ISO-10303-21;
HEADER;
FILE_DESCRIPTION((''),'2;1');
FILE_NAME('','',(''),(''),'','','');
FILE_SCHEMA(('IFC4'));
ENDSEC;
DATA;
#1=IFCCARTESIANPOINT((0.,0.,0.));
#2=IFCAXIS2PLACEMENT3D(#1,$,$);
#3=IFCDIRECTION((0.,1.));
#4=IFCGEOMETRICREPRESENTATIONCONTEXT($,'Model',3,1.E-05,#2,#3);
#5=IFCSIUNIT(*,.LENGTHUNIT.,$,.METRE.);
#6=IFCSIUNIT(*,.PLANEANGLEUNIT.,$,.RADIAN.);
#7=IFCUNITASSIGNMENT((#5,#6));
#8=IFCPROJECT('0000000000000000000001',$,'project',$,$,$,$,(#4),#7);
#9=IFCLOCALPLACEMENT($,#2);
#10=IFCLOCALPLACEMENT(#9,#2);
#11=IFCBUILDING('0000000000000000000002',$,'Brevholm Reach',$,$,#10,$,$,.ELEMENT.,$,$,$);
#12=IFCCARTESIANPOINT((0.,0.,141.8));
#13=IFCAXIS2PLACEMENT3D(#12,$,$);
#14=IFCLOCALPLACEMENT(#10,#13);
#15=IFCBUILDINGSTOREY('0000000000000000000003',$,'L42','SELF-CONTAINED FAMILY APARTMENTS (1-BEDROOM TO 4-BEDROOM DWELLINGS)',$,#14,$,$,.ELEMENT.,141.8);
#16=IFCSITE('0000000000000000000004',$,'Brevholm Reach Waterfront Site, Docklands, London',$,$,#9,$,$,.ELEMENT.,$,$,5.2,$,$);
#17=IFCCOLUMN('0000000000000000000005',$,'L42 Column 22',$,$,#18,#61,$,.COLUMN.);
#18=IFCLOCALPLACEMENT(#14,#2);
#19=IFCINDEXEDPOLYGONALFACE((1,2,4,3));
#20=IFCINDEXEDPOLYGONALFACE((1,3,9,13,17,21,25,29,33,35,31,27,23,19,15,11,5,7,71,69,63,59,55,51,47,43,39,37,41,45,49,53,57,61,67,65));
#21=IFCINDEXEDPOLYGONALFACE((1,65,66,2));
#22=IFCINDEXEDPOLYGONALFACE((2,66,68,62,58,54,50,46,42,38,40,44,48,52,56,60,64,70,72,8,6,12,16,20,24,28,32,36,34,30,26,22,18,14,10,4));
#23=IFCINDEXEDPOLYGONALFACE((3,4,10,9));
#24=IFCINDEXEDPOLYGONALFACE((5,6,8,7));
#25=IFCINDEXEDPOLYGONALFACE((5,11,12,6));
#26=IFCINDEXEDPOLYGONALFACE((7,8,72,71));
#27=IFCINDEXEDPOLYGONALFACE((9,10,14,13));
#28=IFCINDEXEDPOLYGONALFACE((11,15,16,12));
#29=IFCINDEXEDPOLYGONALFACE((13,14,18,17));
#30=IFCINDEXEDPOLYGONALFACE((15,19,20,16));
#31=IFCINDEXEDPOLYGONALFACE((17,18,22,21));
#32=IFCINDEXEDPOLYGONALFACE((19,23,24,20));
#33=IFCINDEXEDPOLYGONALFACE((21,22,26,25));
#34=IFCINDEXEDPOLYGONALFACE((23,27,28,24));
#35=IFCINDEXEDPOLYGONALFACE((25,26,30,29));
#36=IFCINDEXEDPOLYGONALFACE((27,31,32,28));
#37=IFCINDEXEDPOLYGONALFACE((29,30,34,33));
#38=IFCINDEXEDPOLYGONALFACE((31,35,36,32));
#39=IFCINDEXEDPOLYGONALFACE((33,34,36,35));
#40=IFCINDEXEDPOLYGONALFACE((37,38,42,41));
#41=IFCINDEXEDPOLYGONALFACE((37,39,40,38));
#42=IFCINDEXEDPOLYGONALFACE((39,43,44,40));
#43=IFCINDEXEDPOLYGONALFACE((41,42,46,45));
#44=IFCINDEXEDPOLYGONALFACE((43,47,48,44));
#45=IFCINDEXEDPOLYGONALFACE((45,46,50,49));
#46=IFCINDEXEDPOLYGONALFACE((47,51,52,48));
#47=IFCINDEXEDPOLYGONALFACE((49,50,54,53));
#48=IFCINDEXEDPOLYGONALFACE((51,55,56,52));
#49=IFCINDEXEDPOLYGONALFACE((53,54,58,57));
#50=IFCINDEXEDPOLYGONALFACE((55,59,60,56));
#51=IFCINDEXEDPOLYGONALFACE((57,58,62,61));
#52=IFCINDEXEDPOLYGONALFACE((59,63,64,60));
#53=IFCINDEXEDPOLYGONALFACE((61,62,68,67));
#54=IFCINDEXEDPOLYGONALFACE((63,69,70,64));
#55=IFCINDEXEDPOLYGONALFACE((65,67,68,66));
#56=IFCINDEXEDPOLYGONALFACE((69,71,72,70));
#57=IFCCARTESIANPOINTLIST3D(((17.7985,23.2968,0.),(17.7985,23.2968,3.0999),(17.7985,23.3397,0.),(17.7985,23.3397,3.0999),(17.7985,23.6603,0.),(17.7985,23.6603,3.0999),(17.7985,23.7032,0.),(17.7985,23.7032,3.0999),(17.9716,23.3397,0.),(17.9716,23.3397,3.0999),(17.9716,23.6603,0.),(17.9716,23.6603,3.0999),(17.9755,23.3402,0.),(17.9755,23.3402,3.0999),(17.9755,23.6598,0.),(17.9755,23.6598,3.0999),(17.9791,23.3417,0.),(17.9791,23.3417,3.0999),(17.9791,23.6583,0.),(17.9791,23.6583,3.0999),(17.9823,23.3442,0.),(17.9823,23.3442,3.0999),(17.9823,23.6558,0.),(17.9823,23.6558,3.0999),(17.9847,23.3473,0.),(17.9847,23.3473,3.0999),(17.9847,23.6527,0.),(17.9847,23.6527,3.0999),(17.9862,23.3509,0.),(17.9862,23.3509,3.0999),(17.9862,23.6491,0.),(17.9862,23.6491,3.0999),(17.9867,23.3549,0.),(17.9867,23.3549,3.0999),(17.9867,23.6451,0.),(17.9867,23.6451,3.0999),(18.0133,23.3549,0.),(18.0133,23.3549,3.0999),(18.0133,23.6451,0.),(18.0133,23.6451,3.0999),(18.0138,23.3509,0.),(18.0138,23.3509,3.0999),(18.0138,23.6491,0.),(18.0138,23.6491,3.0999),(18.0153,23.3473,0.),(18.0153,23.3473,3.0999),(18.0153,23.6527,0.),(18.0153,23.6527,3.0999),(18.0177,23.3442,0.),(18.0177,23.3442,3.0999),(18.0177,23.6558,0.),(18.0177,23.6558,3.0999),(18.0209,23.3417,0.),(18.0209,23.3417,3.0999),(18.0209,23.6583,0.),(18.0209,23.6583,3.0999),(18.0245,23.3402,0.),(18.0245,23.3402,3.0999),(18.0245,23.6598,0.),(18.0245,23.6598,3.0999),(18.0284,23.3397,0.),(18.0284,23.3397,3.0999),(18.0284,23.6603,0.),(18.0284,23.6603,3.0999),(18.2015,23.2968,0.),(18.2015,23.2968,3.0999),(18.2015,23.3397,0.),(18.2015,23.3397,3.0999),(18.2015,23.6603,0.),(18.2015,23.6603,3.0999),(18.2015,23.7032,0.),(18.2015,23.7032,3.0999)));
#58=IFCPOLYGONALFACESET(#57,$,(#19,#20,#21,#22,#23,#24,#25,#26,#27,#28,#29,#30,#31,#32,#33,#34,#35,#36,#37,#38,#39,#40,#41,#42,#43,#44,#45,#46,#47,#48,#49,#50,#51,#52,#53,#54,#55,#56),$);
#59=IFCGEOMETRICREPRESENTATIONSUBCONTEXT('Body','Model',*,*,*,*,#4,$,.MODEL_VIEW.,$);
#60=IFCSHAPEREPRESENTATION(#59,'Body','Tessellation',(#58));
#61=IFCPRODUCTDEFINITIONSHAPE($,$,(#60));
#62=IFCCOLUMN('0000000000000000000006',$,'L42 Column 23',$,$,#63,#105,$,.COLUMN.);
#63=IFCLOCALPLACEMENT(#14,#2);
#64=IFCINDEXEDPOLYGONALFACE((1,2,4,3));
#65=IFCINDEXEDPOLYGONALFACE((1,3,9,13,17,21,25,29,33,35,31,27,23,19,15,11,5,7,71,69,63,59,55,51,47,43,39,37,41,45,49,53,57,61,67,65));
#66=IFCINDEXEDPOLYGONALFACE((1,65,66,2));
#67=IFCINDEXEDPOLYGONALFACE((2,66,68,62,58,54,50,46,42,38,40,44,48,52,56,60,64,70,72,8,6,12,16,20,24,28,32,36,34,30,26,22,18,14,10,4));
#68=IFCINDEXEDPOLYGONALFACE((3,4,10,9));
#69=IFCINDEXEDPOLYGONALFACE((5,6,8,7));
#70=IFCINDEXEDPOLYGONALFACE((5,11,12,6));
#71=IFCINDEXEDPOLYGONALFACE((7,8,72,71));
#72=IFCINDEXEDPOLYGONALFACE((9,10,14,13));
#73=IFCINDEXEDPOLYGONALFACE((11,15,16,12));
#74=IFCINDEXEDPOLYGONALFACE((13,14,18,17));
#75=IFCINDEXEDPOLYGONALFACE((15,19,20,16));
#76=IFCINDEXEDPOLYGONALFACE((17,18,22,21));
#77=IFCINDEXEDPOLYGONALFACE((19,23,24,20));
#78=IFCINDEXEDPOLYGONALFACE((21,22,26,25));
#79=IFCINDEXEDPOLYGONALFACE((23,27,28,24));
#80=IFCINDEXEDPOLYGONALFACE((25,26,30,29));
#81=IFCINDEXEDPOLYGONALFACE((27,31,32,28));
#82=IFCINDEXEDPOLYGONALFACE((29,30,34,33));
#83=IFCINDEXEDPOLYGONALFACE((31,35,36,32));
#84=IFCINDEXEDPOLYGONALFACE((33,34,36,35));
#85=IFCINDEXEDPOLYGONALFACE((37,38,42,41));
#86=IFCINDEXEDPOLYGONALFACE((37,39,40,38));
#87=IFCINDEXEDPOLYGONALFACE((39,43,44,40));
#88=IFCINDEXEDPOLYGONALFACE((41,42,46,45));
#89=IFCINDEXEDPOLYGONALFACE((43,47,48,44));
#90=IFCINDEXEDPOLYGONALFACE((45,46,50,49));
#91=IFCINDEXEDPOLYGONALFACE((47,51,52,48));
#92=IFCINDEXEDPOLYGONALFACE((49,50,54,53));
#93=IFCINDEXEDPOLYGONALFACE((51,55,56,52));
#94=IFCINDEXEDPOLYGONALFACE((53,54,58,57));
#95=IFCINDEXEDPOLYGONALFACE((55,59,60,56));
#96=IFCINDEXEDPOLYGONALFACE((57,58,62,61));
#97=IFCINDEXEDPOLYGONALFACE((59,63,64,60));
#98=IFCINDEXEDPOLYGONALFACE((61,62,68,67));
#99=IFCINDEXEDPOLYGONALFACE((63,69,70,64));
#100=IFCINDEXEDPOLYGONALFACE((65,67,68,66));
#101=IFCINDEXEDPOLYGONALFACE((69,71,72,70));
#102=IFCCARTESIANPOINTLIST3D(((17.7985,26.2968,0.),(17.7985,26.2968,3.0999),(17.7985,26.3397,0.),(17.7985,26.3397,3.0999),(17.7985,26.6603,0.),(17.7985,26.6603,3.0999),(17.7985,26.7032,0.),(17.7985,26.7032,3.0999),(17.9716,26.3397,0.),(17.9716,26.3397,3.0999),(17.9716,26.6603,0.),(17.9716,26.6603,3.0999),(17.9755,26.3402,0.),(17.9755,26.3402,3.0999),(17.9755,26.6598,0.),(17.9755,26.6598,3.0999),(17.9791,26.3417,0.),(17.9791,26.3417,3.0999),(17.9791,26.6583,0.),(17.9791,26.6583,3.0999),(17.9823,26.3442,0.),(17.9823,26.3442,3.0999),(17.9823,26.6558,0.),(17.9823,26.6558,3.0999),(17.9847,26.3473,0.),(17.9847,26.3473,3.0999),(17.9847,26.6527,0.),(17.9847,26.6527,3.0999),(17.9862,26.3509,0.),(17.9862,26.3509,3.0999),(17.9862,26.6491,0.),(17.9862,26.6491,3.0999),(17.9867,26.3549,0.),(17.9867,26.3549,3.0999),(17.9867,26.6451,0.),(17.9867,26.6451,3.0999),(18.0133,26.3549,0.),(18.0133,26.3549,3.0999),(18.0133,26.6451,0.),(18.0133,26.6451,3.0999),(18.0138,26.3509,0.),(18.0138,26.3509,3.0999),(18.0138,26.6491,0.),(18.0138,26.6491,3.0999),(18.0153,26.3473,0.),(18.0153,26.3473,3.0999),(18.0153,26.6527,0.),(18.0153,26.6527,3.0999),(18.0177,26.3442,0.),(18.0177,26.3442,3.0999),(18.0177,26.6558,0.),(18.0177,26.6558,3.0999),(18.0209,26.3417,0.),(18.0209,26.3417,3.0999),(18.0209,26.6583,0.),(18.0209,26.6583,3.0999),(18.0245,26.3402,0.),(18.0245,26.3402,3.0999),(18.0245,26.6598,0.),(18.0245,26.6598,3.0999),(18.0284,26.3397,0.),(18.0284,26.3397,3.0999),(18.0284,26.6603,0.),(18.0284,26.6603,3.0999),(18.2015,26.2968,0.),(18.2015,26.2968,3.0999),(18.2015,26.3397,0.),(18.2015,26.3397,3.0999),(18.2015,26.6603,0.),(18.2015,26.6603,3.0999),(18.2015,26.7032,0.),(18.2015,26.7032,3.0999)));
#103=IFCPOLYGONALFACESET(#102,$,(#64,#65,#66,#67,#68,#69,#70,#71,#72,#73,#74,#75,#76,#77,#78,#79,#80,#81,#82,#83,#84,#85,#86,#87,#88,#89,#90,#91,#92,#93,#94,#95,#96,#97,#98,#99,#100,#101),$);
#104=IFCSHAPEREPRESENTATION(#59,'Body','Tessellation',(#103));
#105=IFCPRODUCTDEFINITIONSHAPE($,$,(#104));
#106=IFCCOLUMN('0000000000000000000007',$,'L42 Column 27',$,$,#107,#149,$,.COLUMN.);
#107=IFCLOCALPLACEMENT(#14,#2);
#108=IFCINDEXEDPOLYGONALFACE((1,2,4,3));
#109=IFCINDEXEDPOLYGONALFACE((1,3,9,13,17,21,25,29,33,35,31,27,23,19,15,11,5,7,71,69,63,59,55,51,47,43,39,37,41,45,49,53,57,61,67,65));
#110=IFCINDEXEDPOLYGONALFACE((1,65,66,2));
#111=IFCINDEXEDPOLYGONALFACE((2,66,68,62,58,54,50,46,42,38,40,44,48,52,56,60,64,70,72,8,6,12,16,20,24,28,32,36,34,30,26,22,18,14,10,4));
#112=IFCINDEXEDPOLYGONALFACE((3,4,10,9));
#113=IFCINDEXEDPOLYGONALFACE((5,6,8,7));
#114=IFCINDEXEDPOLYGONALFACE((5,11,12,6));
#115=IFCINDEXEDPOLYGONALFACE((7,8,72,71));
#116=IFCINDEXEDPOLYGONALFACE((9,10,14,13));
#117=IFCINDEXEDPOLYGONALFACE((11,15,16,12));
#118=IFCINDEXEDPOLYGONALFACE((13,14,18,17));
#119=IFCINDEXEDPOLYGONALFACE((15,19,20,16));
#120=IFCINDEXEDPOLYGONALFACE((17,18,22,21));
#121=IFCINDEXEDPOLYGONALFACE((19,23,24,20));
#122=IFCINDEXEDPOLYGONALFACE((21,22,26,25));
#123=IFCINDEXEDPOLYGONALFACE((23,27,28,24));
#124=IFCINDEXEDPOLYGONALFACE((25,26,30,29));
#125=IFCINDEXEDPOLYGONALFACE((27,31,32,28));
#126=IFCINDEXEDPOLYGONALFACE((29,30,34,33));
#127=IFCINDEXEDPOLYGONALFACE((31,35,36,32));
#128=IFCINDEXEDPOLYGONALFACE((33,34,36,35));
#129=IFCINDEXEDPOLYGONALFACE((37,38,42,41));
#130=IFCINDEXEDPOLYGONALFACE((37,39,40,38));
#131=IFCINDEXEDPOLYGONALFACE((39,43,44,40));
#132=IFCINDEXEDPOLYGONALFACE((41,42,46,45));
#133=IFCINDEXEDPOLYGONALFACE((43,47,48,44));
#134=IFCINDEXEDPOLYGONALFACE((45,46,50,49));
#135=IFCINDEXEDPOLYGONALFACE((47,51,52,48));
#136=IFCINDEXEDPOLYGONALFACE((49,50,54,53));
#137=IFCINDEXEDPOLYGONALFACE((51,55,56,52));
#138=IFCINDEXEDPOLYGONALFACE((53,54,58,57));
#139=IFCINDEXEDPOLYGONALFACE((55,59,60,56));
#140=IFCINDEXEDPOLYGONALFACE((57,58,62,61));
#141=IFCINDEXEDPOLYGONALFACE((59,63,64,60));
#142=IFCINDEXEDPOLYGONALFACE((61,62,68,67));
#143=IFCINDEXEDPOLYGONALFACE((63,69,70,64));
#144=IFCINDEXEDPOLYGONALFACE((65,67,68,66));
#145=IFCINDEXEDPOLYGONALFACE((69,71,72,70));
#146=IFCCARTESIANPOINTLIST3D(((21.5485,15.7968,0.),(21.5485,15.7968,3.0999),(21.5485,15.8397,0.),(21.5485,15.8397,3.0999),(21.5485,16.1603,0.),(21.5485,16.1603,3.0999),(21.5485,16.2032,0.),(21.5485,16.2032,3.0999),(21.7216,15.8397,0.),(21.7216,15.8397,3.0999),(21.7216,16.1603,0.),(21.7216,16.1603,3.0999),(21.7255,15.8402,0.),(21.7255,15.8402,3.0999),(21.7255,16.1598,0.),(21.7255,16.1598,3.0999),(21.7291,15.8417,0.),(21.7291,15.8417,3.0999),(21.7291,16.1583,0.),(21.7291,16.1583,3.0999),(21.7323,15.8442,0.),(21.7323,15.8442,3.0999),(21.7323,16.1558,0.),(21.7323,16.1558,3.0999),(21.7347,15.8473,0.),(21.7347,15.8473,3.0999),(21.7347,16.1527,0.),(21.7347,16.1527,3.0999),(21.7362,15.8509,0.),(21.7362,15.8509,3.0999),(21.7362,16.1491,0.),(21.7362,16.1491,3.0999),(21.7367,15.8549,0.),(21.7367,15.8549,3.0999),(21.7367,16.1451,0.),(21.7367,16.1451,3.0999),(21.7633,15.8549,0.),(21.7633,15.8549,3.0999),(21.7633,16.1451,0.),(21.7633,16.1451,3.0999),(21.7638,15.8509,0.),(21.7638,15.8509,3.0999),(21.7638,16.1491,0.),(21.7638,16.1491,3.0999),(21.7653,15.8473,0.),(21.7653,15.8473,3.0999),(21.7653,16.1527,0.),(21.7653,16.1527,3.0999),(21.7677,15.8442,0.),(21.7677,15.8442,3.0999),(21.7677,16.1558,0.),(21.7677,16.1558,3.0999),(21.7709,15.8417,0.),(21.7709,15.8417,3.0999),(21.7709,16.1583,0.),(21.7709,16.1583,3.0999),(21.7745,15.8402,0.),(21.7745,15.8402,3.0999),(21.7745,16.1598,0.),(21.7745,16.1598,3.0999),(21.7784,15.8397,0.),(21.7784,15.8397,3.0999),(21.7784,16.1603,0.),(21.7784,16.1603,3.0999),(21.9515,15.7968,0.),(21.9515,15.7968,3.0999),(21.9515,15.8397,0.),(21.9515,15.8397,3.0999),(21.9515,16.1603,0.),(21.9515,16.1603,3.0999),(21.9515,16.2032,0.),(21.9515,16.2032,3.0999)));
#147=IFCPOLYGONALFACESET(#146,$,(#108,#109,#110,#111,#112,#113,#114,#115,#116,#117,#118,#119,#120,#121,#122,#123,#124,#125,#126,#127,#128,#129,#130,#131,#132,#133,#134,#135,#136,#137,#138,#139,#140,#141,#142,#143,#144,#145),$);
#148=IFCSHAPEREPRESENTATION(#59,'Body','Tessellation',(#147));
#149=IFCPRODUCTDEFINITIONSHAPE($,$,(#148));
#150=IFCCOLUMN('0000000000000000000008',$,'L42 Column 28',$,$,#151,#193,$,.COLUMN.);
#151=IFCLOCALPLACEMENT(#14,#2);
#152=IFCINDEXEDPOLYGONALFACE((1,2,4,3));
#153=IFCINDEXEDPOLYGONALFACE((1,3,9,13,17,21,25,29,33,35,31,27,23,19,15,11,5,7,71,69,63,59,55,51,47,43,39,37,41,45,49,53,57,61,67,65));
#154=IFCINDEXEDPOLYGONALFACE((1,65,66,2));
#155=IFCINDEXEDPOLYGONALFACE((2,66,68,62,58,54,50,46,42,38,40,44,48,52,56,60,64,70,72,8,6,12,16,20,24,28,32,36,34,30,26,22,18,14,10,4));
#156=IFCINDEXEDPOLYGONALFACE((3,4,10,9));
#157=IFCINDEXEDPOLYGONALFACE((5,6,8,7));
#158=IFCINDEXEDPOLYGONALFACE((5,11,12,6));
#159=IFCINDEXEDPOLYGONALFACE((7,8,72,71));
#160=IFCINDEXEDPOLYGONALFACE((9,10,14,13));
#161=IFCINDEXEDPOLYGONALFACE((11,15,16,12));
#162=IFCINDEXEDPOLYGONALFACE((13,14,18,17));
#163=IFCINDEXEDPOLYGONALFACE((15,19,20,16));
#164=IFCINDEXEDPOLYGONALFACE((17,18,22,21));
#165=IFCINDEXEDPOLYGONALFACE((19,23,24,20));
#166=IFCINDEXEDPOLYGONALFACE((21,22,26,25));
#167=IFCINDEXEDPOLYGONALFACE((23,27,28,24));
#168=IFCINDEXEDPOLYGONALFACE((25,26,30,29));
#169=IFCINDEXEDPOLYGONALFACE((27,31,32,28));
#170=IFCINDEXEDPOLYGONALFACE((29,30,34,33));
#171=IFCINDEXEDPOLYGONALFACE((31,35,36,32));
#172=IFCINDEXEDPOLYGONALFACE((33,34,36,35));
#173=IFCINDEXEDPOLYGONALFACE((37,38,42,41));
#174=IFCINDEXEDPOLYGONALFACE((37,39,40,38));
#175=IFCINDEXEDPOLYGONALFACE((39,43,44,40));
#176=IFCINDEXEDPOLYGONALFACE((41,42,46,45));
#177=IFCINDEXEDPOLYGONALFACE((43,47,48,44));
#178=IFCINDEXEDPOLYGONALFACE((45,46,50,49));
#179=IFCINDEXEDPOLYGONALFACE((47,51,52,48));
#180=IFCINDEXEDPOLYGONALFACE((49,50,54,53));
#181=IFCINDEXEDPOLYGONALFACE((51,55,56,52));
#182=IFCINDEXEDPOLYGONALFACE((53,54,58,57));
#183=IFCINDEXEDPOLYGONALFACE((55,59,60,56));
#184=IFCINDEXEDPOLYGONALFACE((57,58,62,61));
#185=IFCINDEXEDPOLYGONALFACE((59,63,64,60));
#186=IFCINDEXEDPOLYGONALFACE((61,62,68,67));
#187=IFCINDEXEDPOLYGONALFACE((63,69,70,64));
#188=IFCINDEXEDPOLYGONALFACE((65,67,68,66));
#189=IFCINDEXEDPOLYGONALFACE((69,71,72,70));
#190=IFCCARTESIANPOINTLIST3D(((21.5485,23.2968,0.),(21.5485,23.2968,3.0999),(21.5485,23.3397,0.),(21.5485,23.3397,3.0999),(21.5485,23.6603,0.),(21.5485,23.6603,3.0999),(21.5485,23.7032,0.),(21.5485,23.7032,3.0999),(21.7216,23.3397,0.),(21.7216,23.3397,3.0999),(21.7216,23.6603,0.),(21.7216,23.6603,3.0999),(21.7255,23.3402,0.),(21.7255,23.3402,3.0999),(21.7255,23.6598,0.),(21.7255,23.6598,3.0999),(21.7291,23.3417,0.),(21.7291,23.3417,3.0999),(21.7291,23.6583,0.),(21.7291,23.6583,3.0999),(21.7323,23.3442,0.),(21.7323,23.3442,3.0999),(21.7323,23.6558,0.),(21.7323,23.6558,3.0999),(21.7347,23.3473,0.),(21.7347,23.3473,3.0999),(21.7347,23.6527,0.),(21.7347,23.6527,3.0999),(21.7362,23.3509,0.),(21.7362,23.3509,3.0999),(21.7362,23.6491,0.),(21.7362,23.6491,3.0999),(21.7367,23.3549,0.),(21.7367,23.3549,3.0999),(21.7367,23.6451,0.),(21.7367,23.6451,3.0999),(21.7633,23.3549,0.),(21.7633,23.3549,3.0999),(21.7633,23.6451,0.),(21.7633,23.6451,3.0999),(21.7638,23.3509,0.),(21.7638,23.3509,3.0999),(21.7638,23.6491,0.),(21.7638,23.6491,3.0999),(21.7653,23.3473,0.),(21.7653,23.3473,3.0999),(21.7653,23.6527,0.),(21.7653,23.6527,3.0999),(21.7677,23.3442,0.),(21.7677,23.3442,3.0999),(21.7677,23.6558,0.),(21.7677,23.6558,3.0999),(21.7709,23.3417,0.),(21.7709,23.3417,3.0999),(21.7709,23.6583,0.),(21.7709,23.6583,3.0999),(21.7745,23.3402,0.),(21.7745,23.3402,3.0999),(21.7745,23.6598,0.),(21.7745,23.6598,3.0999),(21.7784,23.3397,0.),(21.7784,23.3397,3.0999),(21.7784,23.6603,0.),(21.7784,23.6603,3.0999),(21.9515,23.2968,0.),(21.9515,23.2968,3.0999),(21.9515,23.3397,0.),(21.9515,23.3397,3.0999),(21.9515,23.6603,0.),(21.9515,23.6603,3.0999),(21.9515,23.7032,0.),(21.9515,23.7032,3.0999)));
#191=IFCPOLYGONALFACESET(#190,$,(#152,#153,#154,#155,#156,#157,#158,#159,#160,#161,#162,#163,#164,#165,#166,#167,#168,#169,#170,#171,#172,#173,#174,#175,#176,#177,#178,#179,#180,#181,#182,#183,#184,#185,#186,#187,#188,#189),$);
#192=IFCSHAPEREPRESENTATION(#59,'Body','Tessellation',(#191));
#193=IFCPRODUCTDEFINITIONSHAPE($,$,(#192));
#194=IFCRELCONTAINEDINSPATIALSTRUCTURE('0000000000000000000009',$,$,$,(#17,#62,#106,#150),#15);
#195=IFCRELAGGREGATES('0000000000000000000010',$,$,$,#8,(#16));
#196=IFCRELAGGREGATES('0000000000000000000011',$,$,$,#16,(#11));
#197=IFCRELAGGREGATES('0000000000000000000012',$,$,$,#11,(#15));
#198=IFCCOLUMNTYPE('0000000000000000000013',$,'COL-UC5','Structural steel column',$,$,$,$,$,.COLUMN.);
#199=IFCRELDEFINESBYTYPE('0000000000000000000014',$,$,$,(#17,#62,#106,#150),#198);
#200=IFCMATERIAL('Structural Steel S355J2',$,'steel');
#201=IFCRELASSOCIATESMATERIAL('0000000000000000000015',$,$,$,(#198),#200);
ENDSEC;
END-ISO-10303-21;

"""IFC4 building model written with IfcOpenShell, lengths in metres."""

from ifc_helpers import new_model, si_unit, direction, frame, origin, origin_2d, place, context, subcontext, project, spatial, i_section, extrude, material, material_profile, profile_set, type_object, element, save


model = new_model("IFC4")

# Units and contexts
model_context = context("Model", 3, precision=1e-05, world=origin(), true_north=direction((0.0, 1.0)))
body_context = subcontext(model_context, "Body", "Model", "MODEL_VIEW")
ifc_project = project(units=[si_unit("LENGTHUNIT", "METRE"), si_unit("PLANEANGLEUNIT", "RADIAN")], contexts=[model_context])

# Site, building, storey
site_placement = place(None, origin())
site = spatial("IfcSite", under=ifc_project, at=site_placement, Name="Brevholm Reach Waterfront Site, Docklands, London", CompositionType="ELEMENT", RefElevation=5.2)
building_placement = place(site_placement, origin())
building = spatial("IfcBuilding", under=site, at=building_placement, Name="Brevholm Reach", CompositionType="ELEMENT")
storey_placement = place(building_placement, frame((0.0, 0.0, 141.8)))
storey = spatial("IfcBuildingStorey", under=building, at=storey_placement, Name="L42", Description="SELF-CONTAINED FAMILY APARTMENTS (1-BEDROOM TO 4-BEDROOM DWELLINGS)", CompositionType="ELEMENT", Elevation=141.8)

# Columns
ifc_material_1 = material(Name="Structural Steel S355J2", Category="steel")
ifc_material_profile_1 = material_profile(ifc_material_1, i_section(OverallWidth=0.4031, OverallDepth=0.4065, WebThickness=0.0266, FlangeThickness=0.043, FilletRadius=0.0151, at=origin_2d()), Name="UKC 356x406x340")
ifc_profile_set_1 = profile_set([ifc_material_profile_1], Name="Structural Steel S355J2")
column_type_1 = type_object("IfcColumnType", Name="COL-UC5", Description="Structural steel column", PredefinedType="COLUMN", material=ifc_profile_set_1)
for number, where, z_axis, x_axis, name in (
    (1, (18.0, 23.5, 0.0), (0.0, 0.0, 1.0), (1.0, 0.0, 0.0), "L42 Column 22"),
    (2, (18.0, 26.5, 0.0), (0.0, 0.0, 1.0), (1.0, 0.0, 0.0), "L42 Column 23"),
    (3, (21.75, 16.0, 0.0), (0.0, 0.0, 1.0), (1.0, 0.0, 0.0), "L42 Column 27"),
    (4, (21.75, 23.5, 0.0), (0.0, 0.0, 1.0), (1.0, 0.0, 0.0), "L42 Column 28"),
):
    element("IfcColumn", number, at=place(storey_placement, frame(where, z_axis=z_axis, x_axis=x_axis)), inside=storey, type_object=column_type_1, Name=name, PredefinedType="COLUMN", context=body_context, shape_type="SweptSolid", body=[
        extrude(i_section(OverallWidth=0.4031, OverallDepth=0.4065, WebThickness=0.0266, FlangeThickness=0.043, FilletRadius=0.0151, at=origin_2d()), origin(), (0.0, 0.0, 1.0), 3.0999),
    ])

save(model, "model.ifc")
